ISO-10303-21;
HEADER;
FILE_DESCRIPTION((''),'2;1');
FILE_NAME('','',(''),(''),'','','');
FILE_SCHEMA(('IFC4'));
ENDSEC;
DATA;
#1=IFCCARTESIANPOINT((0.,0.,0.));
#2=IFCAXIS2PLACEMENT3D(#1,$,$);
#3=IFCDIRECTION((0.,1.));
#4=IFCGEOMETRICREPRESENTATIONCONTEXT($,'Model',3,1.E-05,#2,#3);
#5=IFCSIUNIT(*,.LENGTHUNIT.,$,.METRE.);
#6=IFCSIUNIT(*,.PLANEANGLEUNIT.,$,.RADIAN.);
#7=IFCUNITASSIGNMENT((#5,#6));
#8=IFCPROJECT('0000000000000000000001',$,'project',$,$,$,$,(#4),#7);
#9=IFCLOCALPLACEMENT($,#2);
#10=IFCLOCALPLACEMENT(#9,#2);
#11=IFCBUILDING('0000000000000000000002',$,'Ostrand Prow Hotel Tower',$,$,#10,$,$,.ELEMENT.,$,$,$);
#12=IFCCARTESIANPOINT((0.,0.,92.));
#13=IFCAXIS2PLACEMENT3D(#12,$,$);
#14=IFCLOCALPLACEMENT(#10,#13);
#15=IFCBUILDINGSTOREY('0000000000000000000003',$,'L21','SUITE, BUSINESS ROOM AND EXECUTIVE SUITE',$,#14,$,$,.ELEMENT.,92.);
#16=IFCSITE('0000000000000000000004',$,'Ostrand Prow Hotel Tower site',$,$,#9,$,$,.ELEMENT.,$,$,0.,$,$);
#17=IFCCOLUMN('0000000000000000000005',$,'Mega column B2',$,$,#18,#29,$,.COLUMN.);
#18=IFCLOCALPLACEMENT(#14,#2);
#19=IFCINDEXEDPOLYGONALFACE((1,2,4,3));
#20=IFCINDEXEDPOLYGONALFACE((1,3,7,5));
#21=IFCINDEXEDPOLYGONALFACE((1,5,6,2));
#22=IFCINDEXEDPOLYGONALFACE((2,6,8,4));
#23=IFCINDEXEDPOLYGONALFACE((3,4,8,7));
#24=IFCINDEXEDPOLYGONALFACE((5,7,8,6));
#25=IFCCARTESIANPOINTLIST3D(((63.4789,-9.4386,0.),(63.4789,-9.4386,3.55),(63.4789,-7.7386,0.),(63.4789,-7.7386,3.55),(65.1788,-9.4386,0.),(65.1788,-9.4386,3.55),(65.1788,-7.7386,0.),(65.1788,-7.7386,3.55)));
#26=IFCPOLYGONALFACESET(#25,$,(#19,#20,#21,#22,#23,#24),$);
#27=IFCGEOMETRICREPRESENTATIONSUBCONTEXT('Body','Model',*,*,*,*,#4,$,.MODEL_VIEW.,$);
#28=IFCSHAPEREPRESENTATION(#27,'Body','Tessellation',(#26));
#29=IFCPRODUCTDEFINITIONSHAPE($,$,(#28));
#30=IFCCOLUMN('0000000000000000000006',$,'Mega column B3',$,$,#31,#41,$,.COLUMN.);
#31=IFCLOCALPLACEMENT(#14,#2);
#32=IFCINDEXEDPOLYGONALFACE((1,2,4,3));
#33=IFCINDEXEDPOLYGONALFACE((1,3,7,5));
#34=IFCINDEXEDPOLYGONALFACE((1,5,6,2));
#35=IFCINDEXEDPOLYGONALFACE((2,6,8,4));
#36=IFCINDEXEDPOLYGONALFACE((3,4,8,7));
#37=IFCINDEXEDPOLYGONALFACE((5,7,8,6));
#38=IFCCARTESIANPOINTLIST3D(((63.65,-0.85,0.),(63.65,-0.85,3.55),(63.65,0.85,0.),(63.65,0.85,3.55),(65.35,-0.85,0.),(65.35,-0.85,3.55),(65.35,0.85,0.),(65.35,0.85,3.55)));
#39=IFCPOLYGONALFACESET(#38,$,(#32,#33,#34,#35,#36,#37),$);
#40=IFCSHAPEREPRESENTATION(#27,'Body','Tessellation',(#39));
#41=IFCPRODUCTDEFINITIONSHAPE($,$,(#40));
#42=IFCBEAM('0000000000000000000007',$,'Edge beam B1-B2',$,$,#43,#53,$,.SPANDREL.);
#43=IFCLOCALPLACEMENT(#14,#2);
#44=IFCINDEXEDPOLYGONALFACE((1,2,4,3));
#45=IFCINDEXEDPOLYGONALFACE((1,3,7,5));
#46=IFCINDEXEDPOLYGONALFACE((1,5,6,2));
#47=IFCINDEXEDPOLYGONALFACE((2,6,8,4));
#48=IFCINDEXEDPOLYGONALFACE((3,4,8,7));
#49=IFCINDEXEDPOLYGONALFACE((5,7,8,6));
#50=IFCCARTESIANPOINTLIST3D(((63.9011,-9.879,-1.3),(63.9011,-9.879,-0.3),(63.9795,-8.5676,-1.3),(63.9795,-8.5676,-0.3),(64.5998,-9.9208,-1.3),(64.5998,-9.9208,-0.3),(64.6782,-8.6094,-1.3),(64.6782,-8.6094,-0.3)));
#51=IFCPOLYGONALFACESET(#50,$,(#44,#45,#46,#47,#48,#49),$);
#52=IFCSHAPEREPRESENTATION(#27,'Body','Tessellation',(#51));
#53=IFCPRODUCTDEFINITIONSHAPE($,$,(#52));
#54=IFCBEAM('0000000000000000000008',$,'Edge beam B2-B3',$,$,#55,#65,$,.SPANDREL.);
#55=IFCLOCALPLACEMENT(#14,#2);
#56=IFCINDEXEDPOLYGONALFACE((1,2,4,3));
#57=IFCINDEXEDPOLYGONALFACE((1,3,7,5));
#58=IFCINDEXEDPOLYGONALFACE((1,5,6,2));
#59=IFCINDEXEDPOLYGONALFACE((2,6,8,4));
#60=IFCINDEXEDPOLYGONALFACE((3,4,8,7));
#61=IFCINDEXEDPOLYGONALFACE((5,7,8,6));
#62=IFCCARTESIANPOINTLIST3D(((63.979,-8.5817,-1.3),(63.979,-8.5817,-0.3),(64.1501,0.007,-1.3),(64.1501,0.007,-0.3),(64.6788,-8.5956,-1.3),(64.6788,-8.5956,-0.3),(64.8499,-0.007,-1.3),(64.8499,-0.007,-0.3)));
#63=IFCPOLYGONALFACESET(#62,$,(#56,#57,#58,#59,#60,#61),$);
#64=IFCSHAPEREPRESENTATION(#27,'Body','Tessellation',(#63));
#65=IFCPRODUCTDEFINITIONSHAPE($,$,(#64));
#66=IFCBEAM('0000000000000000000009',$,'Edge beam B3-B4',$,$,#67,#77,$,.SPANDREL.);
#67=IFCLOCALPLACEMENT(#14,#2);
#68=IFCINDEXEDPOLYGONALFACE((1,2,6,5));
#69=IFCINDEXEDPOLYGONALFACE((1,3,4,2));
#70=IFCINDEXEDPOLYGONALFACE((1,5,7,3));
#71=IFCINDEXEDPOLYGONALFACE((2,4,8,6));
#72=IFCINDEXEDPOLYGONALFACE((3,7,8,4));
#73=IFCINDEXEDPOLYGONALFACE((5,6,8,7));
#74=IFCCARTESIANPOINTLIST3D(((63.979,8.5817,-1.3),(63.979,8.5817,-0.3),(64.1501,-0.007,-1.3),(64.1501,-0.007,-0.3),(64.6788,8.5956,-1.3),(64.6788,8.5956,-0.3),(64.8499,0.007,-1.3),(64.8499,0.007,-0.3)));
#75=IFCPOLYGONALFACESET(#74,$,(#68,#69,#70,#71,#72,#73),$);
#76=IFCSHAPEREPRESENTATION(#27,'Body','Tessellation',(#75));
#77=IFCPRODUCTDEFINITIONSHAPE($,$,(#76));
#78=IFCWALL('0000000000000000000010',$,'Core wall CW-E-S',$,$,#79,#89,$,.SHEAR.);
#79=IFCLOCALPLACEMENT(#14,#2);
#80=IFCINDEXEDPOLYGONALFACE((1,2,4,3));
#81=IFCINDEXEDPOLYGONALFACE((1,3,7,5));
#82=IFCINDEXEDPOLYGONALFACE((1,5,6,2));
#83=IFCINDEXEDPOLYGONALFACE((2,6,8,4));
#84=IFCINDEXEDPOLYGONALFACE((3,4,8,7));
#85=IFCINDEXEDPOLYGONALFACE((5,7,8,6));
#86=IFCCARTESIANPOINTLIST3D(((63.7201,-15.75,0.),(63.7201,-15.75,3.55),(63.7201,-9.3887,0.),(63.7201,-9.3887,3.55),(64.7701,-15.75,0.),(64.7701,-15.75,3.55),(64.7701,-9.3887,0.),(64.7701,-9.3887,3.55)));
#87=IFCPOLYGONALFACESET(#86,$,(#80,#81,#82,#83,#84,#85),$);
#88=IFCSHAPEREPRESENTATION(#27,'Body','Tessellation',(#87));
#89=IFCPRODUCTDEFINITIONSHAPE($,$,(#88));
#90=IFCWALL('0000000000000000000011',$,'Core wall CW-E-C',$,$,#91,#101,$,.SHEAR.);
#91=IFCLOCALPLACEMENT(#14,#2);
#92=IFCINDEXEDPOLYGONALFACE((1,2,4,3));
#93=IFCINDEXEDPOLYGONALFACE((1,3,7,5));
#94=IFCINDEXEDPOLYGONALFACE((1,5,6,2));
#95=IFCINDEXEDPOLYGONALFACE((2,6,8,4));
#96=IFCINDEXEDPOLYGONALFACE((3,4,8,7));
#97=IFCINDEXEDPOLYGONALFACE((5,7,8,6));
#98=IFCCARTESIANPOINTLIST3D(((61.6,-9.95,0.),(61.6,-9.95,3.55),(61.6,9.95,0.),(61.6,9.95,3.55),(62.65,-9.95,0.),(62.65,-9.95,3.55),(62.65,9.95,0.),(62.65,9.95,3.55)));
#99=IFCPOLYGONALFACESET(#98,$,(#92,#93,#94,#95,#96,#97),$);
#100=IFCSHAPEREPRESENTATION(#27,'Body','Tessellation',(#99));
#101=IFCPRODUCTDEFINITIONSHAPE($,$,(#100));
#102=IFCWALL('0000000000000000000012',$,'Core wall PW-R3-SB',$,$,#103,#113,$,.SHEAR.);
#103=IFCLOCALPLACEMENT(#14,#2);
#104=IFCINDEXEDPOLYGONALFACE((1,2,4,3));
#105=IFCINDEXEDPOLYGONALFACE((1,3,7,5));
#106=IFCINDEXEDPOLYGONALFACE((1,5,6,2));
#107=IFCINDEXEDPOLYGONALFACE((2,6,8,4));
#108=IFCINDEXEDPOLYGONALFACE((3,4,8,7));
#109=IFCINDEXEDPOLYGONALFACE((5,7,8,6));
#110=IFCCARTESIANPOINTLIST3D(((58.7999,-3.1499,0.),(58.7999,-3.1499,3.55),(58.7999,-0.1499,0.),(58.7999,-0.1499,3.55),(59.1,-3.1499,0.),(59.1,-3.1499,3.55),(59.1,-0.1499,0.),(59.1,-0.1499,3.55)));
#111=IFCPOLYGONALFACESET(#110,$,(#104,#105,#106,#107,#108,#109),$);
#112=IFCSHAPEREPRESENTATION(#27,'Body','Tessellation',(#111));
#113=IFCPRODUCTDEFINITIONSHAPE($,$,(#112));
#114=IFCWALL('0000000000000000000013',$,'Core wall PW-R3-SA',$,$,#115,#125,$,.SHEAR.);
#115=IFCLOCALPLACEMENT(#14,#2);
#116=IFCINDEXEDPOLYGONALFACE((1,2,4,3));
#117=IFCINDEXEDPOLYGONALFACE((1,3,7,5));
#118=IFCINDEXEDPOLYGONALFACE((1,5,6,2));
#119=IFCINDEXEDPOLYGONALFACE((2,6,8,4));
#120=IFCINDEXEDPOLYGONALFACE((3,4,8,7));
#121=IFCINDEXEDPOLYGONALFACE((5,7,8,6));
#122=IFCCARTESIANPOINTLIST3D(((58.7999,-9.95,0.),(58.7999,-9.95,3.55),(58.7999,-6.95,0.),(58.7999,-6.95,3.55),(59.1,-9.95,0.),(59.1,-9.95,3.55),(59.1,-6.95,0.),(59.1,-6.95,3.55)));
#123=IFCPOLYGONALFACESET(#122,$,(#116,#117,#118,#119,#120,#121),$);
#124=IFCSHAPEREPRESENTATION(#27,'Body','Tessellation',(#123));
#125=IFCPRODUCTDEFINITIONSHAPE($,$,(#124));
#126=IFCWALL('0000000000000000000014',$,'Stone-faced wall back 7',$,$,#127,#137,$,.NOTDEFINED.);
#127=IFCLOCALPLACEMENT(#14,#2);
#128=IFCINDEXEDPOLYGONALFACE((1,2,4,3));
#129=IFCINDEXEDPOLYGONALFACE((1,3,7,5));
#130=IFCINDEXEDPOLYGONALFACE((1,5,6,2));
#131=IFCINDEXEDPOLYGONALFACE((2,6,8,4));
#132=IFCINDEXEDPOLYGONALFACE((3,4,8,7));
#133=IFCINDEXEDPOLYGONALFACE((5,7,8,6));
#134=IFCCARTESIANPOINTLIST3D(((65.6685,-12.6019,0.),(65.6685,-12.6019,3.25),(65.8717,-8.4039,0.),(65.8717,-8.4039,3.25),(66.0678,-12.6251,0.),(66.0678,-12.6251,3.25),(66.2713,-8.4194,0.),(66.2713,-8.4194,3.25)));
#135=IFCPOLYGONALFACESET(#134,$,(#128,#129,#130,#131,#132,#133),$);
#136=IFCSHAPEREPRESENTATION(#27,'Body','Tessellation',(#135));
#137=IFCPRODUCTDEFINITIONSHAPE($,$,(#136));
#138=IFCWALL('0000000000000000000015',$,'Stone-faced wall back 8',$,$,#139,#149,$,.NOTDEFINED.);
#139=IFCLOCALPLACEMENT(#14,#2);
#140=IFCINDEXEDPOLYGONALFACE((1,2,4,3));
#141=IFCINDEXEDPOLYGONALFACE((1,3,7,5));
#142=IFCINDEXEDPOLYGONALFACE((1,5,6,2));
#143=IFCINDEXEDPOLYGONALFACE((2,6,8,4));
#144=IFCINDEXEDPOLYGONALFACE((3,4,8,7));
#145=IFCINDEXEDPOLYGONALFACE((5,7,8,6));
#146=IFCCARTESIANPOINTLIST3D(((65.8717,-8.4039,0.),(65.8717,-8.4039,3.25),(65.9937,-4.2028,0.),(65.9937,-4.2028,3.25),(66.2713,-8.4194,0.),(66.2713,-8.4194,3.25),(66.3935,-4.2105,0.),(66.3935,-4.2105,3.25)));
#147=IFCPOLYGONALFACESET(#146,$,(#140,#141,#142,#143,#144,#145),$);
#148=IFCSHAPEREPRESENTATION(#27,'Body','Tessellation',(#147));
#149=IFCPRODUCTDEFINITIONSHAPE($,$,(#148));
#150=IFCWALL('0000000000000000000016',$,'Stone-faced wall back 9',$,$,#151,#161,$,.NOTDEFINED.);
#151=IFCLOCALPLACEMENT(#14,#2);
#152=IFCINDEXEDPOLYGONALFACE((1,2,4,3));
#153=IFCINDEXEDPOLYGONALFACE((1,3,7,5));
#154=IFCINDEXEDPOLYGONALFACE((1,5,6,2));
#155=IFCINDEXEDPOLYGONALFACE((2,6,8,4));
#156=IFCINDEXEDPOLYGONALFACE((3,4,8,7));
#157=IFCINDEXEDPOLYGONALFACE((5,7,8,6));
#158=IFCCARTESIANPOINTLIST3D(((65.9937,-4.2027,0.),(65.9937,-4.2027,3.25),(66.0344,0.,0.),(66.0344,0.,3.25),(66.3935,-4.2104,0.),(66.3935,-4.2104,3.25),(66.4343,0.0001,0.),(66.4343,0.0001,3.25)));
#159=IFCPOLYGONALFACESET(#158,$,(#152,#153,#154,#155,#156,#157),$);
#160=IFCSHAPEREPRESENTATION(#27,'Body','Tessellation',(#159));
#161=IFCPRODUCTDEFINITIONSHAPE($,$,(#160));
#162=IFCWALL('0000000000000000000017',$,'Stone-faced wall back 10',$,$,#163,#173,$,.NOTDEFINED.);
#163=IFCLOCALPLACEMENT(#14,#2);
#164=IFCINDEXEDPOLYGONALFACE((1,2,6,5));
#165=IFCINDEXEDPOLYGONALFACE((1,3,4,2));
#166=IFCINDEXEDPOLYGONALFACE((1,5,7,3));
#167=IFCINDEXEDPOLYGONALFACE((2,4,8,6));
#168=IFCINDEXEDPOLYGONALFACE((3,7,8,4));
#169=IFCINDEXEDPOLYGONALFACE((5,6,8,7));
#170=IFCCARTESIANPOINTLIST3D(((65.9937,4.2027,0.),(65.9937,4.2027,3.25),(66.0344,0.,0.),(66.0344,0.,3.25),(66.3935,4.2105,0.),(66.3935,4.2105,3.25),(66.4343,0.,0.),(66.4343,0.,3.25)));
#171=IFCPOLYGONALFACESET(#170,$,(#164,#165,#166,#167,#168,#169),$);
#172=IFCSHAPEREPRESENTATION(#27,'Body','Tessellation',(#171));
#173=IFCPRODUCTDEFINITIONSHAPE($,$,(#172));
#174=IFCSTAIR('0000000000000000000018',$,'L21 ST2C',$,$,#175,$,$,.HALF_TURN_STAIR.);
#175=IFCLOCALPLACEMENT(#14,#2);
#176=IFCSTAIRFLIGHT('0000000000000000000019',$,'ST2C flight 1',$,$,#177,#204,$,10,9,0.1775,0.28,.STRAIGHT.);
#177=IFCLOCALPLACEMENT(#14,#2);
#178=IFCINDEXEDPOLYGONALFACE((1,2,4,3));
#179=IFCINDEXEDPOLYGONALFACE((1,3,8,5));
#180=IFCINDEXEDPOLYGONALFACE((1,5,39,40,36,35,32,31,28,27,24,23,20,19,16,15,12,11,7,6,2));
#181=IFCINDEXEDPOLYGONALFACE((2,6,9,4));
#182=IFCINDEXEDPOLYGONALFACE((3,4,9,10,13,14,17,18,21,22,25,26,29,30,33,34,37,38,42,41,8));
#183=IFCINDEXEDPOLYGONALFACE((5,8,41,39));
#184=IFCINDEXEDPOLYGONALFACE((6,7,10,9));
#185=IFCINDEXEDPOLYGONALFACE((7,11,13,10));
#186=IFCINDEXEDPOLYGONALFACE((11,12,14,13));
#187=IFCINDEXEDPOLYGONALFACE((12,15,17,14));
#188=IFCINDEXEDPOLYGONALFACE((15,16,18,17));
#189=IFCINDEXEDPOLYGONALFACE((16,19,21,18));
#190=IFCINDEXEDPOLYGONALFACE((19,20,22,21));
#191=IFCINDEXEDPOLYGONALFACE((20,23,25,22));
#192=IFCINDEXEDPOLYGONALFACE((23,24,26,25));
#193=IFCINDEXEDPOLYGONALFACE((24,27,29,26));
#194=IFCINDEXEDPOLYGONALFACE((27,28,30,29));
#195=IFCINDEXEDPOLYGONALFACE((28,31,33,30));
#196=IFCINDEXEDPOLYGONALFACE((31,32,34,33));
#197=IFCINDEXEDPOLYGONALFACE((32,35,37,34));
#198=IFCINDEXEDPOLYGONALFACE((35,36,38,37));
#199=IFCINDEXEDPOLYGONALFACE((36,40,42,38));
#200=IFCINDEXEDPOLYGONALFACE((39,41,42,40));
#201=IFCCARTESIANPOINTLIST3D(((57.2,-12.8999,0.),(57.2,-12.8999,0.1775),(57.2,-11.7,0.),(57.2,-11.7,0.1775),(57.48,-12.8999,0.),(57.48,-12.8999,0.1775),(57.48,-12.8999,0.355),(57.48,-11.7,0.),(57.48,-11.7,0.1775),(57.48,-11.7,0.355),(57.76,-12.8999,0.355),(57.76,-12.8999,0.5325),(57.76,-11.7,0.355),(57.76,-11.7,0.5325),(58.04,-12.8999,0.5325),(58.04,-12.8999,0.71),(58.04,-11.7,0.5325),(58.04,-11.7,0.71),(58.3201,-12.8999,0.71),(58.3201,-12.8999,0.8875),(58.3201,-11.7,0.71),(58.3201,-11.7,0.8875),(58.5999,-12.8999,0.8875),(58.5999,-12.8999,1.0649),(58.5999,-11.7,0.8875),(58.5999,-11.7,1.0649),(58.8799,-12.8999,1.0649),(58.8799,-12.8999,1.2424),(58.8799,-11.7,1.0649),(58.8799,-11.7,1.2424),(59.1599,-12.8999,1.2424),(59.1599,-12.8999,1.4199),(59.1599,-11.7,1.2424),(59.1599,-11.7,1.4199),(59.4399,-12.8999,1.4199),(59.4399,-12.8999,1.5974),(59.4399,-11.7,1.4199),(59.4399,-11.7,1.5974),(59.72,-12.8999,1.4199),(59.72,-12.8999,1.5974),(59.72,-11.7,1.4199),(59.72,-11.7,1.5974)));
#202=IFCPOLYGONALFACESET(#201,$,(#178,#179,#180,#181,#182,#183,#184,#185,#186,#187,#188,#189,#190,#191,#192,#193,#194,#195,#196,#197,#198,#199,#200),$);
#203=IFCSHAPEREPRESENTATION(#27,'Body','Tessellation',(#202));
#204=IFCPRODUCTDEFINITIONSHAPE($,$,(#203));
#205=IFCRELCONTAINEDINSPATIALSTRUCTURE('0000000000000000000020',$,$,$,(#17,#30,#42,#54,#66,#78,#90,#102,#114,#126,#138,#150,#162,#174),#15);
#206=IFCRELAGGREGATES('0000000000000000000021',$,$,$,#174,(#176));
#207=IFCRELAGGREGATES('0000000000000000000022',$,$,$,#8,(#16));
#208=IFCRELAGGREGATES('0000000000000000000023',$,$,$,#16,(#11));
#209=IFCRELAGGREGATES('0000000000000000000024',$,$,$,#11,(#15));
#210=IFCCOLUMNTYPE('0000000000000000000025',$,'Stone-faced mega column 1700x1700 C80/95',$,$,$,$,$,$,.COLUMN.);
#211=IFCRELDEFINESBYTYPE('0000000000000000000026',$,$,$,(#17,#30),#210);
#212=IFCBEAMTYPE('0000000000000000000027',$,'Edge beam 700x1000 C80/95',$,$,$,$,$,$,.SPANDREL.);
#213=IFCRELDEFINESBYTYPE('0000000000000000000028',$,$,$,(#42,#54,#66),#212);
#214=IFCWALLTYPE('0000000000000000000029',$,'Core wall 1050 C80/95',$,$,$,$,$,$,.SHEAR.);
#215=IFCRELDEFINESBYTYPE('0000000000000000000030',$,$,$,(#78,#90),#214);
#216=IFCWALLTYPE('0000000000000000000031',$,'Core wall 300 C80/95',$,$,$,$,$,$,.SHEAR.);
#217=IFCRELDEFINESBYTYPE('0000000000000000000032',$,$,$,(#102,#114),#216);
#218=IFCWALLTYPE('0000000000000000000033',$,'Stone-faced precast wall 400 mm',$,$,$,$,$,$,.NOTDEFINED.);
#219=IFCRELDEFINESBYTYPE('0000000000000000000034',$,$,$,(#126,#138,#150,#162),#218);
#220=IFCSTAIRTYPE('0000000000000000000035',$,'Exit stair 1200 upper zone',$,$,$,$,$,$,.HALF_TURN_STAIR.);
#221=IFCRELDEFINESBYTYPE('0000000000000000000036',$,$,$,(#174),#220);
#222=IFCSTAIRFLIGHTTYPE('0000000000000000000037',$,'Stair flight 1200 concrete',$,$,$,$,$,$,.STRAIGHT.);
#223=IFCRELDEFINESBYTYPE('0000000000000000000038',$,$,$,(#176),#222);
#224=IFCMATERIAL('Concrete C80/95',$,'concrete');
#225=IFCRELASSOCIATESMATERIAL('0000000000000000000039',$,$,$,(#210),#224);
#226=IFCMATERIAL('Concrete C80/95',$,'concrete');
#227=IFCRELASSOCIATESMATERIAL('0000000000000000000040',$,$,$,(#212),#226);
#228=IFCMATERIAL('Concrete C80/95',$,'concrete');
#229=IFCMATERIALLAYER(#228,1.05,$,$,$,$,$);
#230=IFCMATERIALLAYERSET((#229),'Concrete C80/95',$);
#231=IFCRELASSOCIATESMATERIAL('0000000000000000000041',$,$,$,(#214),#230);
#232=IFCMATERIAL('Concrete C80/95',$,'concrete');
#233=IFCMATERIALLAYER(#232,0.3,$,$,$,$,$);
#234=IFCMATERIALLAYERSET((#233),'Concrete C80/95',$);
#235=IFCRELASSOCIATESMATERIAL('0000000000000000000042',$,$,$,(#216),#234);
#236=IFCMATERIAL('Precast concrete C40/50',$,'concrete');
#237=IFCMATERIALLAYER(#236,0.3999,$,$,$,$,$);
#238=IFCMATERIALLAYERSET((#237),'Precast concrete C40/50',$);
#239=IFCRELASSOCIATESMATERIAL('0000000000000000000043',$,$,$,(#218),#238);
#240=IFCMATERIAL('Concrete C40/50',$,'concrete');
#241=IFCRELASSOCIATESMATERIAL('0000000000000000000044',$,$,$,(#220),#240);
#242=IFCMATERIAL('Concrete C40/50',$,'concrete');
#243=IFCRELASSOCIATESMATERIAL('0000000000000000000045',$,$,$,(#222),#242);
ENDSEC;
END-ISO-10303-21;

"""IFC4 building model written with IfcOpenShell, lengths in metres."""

from ifc_helpers import new_model, si_unit, direction, frame, frame_2d, origin, origin_2d, place, context, subcontext, project, spatial, polyline, rectangle, outline, extrude, material, layer, layer_set, material_profile, profile_set, type_object, element, aggregate, save


model = new_model("IFC4")

# Units and contexts
model_context = context("Model", 3, precision=1e-05, world=origin(), true_north=direction((0.0, 1.0)))
body_context = subcontext(model_context, "Body", "Model", "MODEL_VIEW")
ifc_project = project(units=[si_unit("LENGTHUNIT", "METRE"), si_unit("PLANEANGLEUNIT", "RADIAN")], contexts=[model_context])

# Site, building, storey
site_placement = place(None, origin())
site = spatial("IfcSite", under=ifc_project, at=site_placement, Name="Ostrand Prow Hotel Tower site", CompositionType="ELEMENT", RefElevation=0.0)
building_placement = place(site_placement, origin())
building = spatial("IfcBuilding", under=site, at=building_placement, Name="Ostrand Prow Hotel Tower", CompositionType="ELEMENT")
storey_placement = place(building_placement, frame((0.0, 0.0, 92.0)))
storey = spatial("IfcBuildingStorey", under=building, at=storey_placement, Name="L21", Description="SUITE, BUSINESS ROOM AND EXECUTIVE SUITE", CompositionType="ELEMENT", Elevation=92.0)

# Columns
ifc_material_1 = material(Name="Concrete C80/95", Category="concrete")
ifc_material_profile_1 = material_profile(ifc_material_1, rectangle(XDim=1.7, YDim=1.7, at=origin_2d()), Name="RC 1700x1700")
ifc_profile_set_1 = profile_set([ifc_material_profile_1], Name="Concrete C80/95")
column_type = type_object("IfcColumnType", Name="Stone-faced mega column 1700x1700 C80/95", PredefinedType="COLUMN", material=ifc_profile_set_1)
for number, where, z_axis, x_axis, name in (
    (1, (64.3289, -8.5886, 0.0), (0.0, 0.0, 1.0), (1.0, 0.0, 0.0), "Mega column B2"),
    (2, (64.5, 0.0, 0.0), (0.0, 0.0, 1.0), (1.0, 0.0, 0.0), "Mega column B3"),
):
    element("IfcColumn", number, at=place(storey_placement, frame(where, z_axis=z_axis, x_axis=x_axis)), inside=storey, type_object=column_type, Name=name, PredefinedType="COLUMN", context=body_context, shape_type="SweptSolid", body=[
        extrude(rectangle(XDim=1.7, YDim=1.7, at=origin_2d()), origin(), (0.0, 0.0, 1.0), 3.55),
    ])

# Beams
ifc_material_2 = material(Name="Concrete C80/95", Category="concrete")
ifc_material_profile_2 = material_profile(ifc_material_2, rectangle(XDim=0.7, YDim=1.0, at=origin_2d()), Name="RC 700x1000")
ifc_profile_set_2 = profile_set([ifc_material_profile_2], Name="Concrete C80/95")
beam_type = type_object("IfcBeamType", Name="Edge beam 700x1000 C80/95", PredefinedType="SPANDREL", material=ifc_profile_set_2)
beam_placement = place(storey_placement, frame((64.2505, -9.8999, -0.8), z_axis=(0.059659, 0.998219, 0.0), x_axis=(-0.998219, 0.059659, 0.0)))
element("IfcBeam", 3, at=beam_placement, inside=storey, type_object=beam_type, Name="Edge beam B1-B2", PredefinedType="SPANDREL", context=body_context, shape_type="SweptSolid", body=[
    extrude(rectangle(XDim=0.7, YDim=1.0, at=origin_2d()), origin(), (0.0, 0.0, 1.0), 1.3137),
])
for number, where, z_axis, x_axis, name in (
    (4, (64.3289, -8.5886, -0.8), (0.019923, 0.999802, 0.0), (-0.999802, 0.019923, 0.0), "Edge beam B2-B3"),
    (5, (64.5, 0.0, -0.8), (-0.019923, 0.999802, 0.0), (-0.999802, -0.019923, 0.0), "Edge beam B3-B4"),
):
    element("IfcBeam", number, at=place(storey_placement, frame(where, z_axis=z_axis, x_axis=x_axis)), inside=storey, type_object=beam_type, Name=name, PredefinedType="SPANDREL", context=body_context, shape_type="SweptSolid", body=[
        extrude(rectangle(XDim=0.7, YDim=1.0, at=origin_2d()), origin(), (0.0, 0.0, 1.0), 8.5903),
    ])

# Walls
ifc_material_3 = material(Name="Concrete C80/95", Category="concrete")
ifc_layer_1 = layer(ifc_material_3, 1.05)
ifc_layer_set_1 = layer_set([ifc_layer_1], Name="Concrete C80/95")
wall_type_1 = type_object("IfcWallType", Name="Core wall 1050 C80/95", PredefinedType="SHEAR", material=ifc_layer_set_1)
wall_1_placement = place(storey_placement, frame((64.2451, -15.75, 0.0), z_axis=(0.0, 0.0, 1.0), x_axis=(0.0, 1.0, 0.0)))
element("IfcWall", 6, at=wall_1_placement, inside=storey, type_object=wall_type_1, Name="Core wall CW-E-S", PredefinedType="SHEAR", context=body_context, shape_type="SweptSolid", body=[
    extrude(rectangle(XDim=6.3613, YDim=1.05, at=frame_2d((3.1807, 0.0))), origin(), (0.0, 0.0, 1.0), 3.55),
])
wall_2_placement = place(storey_placement, frame((62.125, -9.95, 0.0), z_axis=(0.0, 0.0, 1.0), x_axis=(0.0, 1.0, 0.0)))
element("IfcWall", 7, at=wall_2_placement, inside=storey, type_object=wall_type_1, Name="Core wall CW-E-C", PredefinedType="SHEAR", context=body_context, shape_type="SweptSolid", body=[
    extrude(rectangle(XDim=19.8999, YDim=1.05, at=frame_2d((9.95, 0.0))), origin(), (0.0, 0.0, 1.0), 3.55),
])
ifc_material_4 = material(Name="Concrete C80/95", Category="concrete")
ifc_layer_2 = layer(ifc_material_4, 0.3)
ifc_layer_set_2 = layer_set([ifc_layer_2], Name="Concrete C80/95")
wall_type_2 = type_object("IfcWallType", Name="Core wall 300 C80/95", PredefinedType="SHEAR", material=ifc_layer_set_2)
for number, where, z_axis, x_axis, name in (
    (8, (58.95, -3.1499, 0.0), (0.0, 0.0, 1.0), (0.0, 1.0, 0.0), "Core wall PW-R3-SB"),
    (9, (58.95, -9.95, 0.0), (0.0, 0.0, 1.0), (0.0, 1.0, 0.0), "Core wall PW-R3-SA"),
):
    element("IfcWall", number, at=place(storey_placement, frame(where, z_axis=z_axis, x_axis=x_axis)), inside=storey, type_object=wall_type_2, Name=name, PredefinedType="SHEAR", context=body_context, shape_type="SweptSolid", body=[
        extrude(rectangle(XDim=3.0, YDim=0.3, at=frame_2d((1.5, 0.0))), origin(), (0.0, 0.0, 1.0), 3.55),
    ])
ifc_material_5 = material(Name="Precast concrete C40/50", Category="concrete")
ifc_layer_3 = layer(ifc_material_5, 0.3999)
ifc_layer_set_3 = layer_set([ifc_layer_3], Name="Precast concrete C40/50")
wall_type_3 = type_object("IfcWallType", Name="Stone-faced precast wall 400 mm", PredefinedType="NOTDEFINED", material=ifc_layer_set_3)
for number, where, z_axis, x_axis, name in (
    (10, (65.8682, -12.6135, 0.0), (0.0, 0.0, 1.0), (0.048343, 0.998831, 0.0), "Stone-faced wall back 7"),
    (11, (66.0715, -8.4116, 0.0), (0.0, 0.0, 1.0), (0.029017, 0.999579, 0.0), "Stone-faced wall back 8"),
    (12, (66.1936, -4.2065, 0.0), (0.0, 0.0, 1.0), (0.009692, 0.999953, 0.0), "Stone-faced wall back 9"),
    (13, (66.2344, 0.0, 0.0), (0.0, 0.0, 1.0), (-0.009692, 0.999953, 0.0), "Stone-faced wall back 10"),
):
    element("IfcWall", number, at=place(storey_placement, frame(where, z_axis=z_axis, x_axis=x_axis)), inside=storey, type_object=wall_type_3, Name=name, PredefinedType="NOTDEFINED", context=body_context, shape_type="SweptSolid", body=[
        extrude(outline(polyline([(-0.002, -0.2), (4.2087, -0.2), (4.2048, 0.2), (0.002, 0.2), (-0.002, -0.2)])), origin(), (0.0, 0.0, 1.0), 3.25),
    ])

# Stair, stair flight
ifc_material_6 = material(Name="Concrete C40/50", Category="concrete")
stair_type = type_object("IfcStairType", Name="Exit stair 1200 upper zone", PredefinedType="HALF_TURN_STAIR", material=ifc_material_6)
stair_placement = place(storey_placement, origin())
stair = element("IfcStair", 14, at=stair_placement, inside=storey, type_object=stair_type, Name="L21 ST2C", PredefinedType="HALF_TURN_STAIR")
ifc_material_7 = material(Name="Concrete C40/50", Category="concrete")
stair_flight_type = type_object("IfcStairFlightType", Name="Stair flight 1200 concrete", PredefinedType="STRAIGHT", material=ifc_material_7)
stair_flight_1_placement = place(storey_placement, frame((57.2, -12.3, 0.0), z_axis=(0.0, 0.0, 1.0), x_axis=(1.0, 0.0, 0.0)))
stair_flight_1 = element("IfcStairFlight", 15, at=stair_flight_1_placement, type_object=stair_flight_type, Name="ST2C flight 1", NumberOfRisers=10, NumberOfTreads=9, PredefinedType="STRAIGHT", RiserHeight=0.1775, TreadLength=0.28, context=body_context, shape_type="SweptSolid", body=[
    extrude(outline(polyline([(0.0, 0.0), (0.0, 0.1775), (0.28, 0.1775), (0.28, 0.355), (0.5601, 0.355), (0.5601, 0.5325), (0.8401, 0.5325), (0.8401, 0.71), (1.1201, 0.71), (1.1201, 0.8875), (1.3999, 0.8875), (1.3999, 1.0649), (1.6799, 1.0649), (1.6799, 1.2424), (1.96, 1.2424), (1.96, 1.4199), (2.24, 1.4199), (2.24, 1.5974), (2.52, 1.5974), (2.52, 1.7749), (2.52, 1.4199), (0.28, 0.0), (0.0, 0.0)])), frame((0.0, 0.6001, 0.0), z_axis=(0.0, -1.0, 0.0), x_axis=(1.0, 0.0, 0.0)), (0.0, 0.0, 1.0), 1.2),
])
aggregate(stair, [stair_flight_1])

save(model, "model.ifc")
